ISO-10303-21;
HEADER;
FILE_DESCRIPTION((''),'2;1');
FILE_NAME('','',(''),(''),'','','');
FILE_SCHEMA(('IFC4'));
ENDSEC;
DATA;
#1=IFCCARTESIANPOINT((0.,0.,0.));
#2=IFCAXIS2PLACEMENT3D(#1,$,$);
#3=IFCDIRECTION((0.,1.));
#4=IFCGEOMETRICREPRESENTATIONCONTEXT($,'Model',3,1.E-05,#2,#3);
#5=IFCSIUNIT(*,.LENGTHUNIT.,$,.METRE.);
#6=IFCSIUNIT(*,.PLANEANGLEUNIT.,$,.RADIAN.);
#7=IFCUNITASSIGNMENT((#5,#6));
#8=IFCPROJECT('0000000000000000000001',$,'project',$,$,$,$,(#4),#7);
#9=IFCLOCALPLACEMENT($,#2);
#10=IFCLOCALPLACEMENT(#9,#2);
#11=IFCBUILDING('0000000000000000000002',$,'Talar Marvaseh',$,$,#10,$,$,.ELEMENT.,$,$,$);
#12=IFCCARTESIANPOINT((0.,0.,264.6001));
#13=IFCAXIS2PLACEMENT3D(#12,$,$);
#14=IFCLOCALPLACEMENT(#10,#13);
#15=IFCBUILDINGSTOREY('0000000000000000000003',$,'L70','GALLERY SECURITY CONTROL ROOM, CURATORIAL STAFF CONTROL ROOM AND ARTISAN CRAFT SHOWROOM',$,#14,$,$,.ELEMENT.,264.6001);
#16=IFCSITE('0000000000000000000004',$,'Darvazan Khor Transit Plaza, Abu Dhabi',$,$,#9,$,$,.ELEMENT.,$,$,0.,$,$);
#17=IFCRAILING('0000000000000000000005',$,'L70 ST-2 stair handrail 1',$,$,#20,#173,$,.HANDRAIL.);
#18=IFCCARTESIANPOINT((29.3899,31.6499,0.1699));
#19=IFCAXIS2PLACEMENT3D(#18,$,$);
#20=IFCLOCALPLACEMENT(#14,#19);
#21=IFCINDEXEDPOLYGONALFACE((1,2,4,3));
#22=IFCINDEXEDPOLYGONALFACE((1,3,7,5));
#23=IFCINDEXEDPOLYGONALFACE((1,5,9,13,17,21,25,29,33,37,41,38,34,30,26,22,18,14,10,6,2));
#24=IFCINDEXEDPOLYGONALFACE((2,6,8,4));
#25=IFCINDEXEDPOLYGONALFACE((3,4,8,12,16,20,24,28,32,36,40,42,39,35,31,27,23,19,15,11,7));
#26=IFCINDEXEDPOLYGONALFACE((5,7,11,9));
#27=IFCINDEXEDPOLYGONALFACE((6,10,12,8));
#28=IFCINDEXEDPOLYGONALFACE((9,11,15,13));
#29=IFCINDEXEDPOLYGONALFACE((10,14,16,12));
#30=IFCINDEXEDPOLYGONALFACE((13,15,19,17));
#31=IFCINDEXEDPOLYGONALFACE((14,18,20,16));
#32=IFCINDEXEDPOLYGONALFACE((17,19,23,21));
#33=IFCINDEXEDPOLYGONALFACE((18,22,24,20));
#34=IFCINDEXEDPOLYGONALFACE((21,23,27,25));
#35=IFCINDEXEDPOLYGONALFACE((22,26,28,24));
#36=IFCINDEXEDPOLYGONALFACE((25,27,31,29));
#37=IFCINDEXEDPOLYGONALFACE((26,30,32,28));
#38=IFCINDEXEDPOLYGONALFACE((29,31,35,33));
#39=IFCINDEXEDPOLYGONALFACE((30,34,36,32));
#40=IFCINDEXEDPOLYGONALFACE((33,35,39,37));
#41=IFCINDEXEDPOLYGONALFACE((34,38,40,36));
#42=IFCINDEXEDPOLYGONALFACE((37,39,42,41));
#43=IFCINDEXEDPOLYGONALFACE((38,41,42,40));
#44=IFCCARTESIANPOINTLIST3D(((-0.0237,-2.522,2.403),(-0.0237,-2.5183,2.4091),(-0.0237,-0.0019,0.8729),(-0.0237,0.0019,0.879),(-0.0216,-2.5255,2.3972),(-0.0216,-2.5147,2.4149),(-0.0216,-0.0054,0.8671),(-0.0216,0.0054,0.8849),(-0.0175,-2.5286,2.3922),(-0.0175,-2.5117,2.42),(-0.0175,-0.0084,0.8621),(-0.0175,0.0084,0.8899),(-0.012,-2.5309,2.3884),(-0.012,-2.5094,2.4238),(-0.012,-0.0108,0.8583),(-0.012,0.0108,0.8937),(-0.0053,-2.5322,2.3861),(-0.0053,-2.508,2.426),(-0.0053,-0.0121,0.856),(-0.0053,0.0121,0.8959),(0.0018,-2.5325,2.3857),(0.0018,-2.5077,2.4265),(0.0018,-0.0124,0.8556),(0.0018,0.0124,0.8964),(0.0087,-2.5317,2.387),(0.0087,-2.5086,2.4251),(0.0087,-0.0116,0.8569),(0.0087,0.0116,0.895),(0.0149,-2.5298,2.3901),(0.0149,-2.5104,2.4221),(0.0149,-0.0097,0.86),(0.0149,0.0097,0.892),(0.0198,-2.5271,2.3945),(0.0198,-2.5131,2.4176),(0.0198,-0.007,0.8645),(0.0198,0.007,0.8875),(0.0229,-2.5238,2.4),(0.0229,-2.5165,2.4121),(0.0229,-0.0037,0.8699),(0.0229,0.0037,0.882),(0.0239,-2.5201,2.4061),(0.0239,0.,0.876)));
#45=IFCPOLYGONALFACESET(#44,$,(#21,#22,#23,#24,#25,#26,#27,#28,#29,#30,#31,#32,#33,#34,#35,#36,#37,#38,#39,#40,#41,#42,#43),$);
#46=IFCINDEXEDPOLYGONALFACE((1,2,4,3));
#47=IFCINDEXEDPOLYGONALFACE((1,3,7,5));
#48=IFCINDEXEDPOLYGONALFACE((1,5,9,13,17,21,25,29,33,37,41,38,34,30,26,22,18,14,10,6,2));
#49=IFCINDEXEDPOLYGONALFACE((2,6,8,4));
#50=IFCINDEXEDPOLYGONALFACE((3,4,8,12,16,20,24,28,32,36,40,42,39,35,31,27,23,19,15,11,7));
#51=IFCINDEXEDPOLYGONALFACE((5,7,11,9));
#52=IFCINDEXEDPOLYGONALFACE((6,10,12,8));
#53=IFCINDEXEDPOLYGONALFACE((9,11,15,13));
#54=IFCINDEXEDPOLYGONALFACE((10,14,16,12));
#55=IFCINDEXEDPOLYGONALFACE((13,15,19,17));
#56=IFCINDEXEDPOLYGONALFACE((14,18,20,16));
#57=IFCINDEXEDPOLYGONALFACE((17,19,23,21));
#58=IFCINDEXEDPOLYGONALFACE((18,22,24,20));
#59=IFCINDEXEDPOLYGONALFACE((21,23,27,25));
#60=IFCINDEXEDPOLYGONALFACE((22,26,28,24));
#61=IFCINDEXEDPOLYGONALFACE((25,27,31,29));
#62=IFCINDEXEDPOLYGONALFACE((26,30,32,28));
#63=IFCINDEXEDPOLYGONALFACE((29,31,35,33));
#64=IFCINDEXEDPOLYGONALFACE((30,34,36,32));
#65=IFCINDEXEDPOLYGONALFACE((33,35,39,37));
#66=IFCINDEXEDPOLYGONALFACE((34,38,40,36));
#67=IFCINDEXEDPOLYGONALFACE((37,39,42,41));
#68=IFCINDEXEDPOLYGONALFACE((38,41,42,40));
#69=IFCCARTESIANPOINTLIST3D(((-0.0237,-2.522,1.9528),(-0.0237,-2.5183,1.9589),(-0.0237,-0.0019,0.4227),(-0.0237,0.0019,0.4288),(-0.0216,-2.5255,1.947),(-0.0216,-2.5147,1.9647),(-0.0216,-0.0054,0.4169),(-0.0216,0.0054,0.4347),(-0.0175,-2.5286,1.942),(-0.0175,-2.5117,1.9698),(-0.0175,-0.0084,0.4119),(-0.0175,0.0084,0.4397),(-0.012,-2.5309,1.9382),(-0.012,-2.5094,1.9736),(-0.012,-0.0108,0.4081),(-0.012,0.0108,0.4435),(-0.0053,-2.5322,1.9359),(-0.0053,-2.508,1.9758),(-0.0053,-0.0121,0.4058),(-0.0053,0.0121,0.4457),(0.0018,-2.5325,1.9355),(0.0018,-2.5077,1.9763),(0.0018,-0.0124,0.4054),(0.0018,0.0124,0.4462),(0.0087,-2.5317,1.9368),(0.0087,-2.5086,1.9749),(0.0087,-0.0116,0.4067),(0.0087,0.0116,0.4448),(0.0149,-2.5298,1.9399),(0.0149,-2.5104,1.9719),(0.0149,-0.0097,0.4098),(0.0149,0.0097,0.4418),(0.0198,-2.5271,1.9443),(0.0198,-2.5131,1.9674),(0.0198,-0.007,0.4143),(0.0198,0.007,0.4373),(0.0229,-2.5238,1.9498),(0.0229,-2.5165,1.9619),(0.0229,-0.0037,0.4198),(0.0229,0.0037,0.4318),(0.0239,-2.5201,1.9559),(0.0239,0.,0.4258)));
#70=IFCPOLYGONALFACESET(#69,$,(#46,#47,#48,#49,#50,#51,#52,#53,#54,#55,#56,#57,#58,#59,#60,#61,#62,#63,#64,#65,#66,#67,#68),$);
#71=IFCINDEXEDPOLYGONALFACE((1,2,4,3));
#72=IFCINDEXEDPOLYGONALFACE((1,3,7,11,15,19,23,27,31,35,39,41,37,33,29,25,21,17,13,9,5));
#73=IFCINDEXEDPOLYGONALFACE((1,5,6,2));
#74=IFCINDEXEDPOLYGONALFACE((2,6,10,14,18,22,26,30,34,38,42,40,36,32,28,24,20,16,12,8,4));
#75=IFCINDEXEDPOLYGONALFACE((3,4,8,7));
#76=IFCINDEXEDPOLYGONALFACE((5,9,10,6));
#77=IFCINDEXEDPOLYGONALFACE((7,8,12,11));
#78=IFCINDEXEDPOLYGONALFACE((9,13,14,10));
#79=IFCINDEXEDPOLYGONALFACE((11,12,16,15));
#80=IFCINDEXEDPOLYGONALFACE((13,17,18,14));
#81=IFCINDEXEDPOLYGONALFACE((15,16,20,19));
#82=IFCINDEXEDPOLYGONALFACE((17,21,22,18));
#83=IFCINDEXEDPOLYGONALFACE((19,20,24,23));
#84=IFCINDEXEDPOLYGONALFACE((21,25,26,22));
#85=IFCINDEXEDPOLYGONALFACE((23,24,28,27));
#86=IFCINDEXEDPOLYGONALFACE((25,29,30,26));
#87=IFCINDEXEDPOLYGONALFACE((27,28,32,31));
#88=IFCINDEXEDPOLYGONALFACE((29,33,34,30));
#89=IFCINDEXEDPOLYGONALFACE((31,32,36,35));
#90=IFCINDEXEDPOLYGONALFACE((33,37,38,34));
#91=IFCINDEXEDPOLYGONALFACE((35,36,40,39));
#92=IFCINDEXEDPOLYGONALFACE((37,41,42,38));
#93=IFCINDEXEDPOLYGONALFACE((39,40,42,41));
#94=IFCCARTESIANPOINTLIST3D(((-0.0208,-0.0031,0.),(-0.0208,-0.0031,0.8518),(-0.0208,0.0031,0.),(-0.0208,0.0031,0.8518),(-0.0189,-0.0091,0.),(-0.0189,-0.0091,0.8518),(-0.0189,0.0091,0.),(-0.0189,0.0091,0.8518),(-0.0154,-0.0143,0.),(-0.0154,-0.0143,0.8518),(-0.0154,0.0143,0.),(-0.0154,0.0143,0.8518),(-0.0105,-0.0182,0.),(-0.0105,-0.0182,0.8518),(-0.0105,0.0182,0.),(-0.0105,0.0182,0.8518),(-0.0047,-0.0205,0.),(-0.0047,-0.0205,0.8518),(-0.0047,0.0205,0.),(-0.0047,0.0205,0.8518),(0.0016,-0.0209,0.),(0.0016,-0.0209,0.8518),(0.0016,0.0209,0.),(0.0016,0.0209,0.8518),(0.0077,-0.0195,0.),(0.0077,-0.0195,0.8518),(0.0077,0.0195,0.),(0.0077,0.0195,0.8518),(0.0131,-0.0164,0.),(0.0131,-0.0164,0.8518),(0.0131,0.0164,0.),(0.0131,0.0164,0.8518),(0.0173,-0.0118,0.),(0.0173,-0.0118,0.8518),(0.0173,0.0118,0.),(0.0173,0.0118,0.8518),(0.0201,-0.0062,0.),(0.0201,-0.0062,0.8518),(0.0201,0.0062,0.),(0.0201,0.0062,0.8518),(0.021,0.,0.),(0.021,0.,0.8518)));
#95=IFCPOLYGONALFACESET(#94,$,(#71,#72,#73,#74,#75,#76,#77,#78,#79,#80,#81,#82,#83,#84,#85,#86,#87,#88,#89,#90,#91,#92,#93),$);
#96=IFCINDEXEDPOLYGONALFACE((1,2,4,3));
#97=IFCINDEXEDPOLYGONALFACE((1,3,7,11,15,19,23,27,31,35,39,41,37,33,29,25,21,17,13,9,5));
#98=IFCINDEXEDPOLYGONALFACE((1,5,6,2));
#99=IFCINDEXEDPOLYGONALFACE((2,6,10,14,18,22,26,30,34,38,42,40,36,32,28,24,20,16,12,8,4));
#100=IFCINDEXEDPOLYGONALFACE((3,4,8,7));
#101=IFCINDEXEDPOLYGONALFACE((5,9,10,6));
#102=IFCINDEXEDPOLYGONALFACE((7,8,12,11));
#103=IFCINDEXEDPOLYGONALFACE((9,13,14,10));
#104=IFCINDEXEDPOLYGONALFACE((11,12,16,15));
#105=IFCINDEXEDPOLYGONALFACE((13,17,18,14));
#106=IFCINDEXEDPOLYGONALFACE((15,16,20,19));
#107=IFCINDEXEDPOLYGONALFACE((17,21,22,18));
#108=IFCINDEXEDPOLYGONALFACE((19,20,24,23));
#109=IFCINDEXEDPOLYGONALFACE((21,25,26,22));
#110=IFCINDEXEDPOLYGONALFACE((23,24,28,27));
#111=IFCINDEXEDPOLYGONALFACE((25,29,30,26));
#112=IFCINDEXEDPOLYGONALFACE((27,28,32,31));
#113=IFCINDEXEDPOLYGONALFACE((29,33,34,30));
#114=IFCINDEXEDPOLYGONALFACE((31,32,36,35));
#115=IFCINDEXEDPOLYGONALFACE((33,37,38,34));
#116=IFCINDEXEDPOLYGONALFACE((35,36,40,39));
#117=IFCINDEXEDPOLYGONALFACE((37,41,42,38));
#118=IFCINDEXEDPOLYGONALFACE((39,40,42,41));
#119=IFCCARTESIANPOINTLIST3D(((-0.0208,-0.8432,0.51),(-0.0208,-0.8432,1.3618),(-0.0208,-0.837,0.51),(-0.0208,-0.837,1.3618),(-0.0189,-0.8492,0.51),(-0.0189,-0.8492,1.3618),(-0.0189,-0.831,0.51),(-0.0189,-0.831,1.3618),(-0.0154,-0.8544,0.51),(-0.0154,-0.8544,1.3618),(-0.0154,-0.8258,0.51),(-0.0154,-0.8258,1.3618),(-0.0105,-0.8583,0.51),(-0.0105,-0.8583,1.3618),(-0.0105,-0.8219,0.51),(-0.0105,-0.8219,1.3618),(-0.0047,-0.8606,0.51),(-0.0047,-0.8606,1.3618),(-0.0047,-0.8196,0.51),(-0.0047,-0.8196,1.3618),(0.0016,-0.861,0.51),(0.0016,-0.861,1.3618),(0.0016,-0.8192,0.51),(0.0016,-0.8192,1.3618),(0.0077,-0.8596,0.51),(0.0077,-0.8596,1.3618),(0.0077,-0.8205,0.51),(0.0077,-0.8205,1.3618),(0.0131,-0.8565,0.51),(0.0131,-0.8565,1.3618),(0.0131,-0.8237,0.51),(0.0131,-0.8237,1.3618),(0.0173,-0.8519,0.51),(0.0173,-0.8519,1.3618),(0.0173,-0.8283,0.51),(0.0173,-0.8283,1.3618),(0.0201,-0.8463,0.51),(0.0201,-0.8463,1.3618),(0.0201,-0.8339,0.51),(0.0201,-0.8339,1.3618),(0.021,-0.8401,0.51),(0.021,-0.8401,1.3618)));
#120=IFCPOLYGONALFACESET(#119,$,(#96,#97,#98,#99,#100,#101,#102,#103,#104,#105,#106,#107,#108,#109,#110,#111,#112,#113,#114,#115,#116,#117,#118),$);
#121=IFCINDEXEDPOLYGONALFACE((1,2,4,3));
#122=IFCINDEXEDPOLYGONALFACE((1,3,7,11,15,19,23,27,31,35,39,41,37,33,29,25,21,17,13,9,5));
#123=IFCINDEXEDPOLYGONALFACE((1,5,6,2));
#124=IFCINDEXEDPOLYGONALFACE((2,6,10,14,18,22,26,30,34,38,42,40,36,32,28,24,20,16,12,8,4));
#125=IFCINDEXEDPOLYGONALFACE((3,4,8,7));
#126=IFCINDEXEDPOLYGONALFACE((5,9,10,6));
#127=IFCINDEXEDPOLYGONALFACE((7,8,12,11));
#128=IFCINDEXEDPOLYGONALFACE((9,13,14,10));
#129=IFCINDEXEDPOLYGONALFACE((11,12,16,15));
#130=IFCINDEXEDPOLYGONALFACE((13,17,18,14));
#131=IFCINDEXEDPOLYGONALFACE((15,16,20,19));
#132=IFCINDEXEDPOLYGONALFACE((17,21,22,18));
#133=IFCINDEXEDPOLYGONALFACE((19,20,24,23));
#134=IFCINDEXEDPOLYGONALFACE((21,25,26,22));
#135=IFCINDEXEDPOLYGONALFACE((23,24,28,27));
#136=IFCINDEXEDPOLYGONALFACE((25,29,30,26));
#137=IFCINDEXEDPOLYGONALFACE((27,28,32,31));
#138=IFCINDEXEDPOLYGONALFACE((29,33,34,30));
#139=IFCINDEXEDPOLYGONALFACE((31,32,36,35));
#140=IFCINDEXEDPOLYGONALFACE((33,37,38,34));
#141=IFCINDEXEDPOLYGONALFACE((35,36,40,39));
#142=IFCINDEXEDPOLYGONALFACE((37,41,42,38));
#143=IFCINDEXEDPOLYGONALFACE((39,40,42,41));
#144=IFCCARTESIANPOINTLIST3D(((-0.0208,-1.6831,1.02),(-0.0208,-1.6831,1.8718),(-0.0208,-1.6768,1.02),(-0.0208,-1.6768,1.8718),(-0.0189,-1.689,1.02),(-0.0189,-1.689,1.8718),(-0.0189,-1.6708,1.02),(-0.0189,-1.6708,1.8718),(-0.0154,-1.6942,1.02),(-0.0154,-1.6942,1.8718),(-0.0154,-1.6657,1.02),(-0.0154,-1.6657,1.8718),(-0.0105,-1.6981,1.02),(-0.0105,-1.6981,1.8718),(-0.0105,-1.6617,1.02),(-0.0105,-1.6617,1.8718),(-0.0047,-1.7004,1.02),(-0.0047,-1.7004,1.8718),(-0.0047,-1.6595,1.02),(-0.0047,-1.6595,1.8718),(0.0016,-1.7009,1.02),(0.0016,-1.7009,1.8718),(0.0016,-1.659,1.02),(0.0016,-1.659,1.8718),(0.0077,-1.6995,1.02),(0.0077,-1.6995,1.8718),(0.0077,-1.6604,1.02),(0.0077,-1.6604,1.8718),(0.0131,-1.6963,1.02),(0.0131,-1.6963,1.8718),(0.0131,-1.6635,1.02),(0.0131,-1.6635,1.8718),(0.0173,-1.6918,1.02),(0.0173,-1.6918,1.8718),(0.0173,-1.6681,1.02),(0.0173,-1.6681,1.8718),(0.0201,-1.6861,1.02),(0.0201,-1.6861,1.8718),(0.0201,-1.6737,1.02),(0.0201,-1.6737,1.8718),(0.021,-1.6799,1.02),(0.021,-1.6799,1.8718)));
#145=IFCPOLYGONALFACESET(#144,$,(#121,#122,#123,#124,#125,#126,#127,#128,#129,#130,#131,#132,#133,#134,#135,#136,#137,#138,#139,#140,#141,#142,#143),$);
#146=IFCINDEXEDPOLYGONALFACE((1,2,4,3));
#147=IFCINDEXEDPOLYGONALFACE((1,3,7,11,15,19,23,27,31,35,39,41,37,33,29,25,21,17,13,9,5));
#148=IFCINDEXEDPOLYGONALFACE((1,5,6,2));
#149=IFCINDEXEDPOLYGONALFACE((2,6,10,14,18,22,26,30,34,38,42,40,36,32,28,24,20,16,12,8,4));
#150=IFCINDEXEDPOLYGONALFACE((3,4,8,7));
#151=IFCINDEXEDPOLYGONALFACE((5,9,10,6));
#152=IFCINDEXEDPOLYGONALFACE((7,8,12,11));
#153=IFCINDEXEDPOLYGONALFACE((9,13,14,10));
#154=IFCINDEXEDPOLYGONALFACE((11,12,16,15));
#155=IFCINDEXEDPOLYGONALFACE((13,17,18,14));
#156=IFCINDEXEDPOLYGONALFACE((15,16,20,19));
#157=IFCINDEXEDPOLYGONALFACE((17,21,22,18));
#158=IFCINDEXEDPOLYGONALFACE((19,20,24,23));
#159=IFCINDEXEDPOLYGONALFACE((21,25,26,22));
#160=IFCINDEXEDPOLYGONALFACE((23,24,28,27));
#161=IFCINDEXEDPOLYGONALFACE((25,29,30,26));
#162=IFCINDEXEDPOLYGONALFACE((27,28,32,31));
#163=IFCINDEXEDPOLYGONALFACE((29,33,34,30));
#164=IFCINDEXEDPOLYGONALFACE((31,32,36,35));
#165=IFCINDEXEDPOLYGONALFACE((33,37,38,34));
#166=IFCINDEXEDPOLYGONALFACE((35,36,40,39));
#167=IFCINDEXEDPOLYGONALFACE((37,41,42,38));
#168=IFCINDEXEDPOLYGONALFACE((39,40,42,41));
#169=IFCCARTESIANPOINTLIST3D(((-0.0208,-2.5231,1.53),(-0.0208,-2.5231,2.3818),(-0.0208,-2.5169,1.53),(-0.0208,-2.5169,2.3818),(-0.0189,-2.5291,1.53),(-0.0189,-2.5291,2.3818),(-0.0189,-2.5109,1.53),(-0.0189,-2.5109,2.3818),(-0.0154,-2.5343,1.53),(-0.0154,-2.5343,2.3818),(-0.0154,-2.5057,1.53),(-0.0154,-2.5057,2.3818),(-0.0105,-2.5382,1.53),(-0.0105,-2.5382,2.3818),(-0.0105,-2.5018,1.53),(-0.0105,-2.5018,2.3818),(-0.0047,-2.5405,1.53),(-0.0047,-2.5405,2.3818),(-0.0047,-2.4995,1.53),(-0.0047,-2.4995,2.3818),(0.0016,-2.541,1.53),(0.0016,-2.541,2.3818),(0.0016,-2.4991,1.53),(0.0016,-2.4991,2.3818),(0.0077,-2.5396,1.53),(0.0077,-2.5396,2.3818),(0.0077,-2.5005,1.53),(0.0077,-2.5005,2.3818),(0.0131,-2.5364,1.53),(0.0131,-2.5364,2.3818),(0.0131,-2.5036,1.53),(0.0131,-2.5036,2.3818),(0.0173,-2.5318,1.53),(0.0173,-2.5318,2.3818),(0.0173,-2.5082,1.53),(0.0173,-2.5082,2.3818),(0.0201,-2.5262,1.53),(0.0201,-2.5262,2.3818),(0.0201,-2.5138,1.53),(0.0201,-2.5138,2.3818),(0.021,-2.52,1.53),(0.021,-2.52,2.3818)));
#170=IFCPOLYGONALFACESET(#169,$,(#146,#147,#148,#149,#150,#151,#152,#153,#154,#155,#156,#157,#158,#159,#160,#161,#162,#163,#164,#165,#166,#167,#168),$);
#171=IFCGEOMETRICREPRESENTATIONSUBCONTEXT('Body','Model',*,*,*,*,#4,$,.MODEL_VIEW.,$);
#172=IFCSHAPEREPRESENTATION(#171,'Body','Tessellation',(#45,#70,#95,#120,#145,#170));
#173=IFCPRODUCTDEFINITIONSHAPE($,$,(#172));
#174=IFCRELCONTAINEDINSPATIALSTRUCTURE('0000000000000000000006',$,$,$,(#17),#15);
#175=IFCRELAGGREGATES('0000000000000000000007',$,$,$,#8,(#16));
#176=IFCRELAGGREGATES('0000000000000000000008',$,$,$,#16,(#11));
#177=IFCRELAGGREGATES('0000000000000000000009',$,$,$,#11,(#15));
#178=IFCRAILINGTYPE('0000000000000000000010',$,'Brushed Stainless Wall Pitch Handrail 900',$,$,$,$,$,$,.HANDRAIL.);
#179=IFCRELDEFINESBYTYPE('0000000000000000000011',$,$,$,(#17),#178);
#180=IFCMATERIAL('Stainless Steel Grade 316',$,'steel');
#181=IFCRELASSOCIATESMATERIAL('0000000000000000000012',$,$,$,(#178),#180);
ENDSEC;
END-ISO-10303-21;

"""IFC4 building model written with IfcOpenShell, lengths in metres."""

from ifc_helpers import new_model, si_unit, direction, frame, origin, origin_2d, place, context, subcontext, project, spatial, circle, extrude, material, type_object, element, save


model = new_model("IFC4")

# Units and contexts
model_context = context("Model", 3, precision=1e-05, world=origin(), true_north=direction((0.0, 1.0)))
body_context = subcontext(model_context, "Body", "Model", "MODEL_VIEW")
ifc_project = project(units=[si_unit("LENGTHUNIT", "METRE"), si_unit("PLANEANGLEUNIT", "RADIAN")], contexts=[model_context])

# Site, building, storey
site_placement = place(None, origin())
site = spatial("IfcSite", under=ifc_project, at=site_placement, Name="Darvazan Khor Transit Plaza, Abu Dhabi", CompositionType="ELEMENT", RefElevation=0.0)
building_placement = place(site_placement, origin())
building = spatial("IfcBuilding", under=site, at=building_placement, Name="Talar Marvaseh", CompositionType="ELEMENT")
storey_placement = place(building_placement, frame((0.0, 0.0, 264.6001)))
storey = spatial("IfcBuildingStorey", under=building, at=storey_placement, Name="L70", Description="GALLERY SECURITY CONTROL ROOM, CURATORIAL STAFF CONTROL ROOM AND ARTISAN CRAFT SHOWROOM", CompositionType="ELEMENT", Elevation=264.6001)

# Shared definitions
ifc_material_1 = material(Name="Stainless Steel Grade 316", Category="steel")

# Railing
railing_type_1 = type_object("IfcRailingType", Name="Brushed Stainless Wall Pitch Handrail 900", PredefinedType="HANDRAIL", material=ifc_material_1)
railing_1_placement = place(storey_placement, frame((29.3899, 31.6499, 0.1699)))
element("IfcRailing", 1, at=railing_1_placement, inside=storey, type_object=railing_type_1, Name="L70 ST-2 stair handrail 1", PredefinedType="HANDRAIL", context=body_context, shape_type="SweptSolid", body=[
    extrude(circle(Radius=0.0239, at=origin_2d()), frame((0.0, 0.0, 0.876), z_axis=(0.0, -0.854785, 0.518982), x_axis=(1.0, 0.0, 0.0)), (0.0, 0.0, 1.0), 2.9482),
    extrude(circle(Radius=0.0239, at=origin_2d()), frame((0.0, 0.0, 0.4258), z_axis=(0.0, -0.854785, 0.518982), x_axis=(1.0, 0.0, 0.0)), (0.0, 0.0, 1.0), 2.9482),
    extrude(circle(Radius=0.021, at=origin_2d()), origin(), (0.0, 0.0, 1.0), 0.8518),
    extrude(circle(Radius=0.021, at=origin_2d()), frame((0.0, -0.8401, 0.51)), (0.0, 0.0, 1.0), 0.8518),
    extrude(circle(Radius=0.021, at=origin_2d()), frame((0.0, -1.6799, 1.02)), (0.0, 0.0, 1.0), 0.8518),
    extrude(circle(Radius=0.021, at=origin_2d()), frame((0.0, -2.52, 1.53)), (0.0, 0.0, 1.0), 0.8518),
])

save(model, "model.ifc")
